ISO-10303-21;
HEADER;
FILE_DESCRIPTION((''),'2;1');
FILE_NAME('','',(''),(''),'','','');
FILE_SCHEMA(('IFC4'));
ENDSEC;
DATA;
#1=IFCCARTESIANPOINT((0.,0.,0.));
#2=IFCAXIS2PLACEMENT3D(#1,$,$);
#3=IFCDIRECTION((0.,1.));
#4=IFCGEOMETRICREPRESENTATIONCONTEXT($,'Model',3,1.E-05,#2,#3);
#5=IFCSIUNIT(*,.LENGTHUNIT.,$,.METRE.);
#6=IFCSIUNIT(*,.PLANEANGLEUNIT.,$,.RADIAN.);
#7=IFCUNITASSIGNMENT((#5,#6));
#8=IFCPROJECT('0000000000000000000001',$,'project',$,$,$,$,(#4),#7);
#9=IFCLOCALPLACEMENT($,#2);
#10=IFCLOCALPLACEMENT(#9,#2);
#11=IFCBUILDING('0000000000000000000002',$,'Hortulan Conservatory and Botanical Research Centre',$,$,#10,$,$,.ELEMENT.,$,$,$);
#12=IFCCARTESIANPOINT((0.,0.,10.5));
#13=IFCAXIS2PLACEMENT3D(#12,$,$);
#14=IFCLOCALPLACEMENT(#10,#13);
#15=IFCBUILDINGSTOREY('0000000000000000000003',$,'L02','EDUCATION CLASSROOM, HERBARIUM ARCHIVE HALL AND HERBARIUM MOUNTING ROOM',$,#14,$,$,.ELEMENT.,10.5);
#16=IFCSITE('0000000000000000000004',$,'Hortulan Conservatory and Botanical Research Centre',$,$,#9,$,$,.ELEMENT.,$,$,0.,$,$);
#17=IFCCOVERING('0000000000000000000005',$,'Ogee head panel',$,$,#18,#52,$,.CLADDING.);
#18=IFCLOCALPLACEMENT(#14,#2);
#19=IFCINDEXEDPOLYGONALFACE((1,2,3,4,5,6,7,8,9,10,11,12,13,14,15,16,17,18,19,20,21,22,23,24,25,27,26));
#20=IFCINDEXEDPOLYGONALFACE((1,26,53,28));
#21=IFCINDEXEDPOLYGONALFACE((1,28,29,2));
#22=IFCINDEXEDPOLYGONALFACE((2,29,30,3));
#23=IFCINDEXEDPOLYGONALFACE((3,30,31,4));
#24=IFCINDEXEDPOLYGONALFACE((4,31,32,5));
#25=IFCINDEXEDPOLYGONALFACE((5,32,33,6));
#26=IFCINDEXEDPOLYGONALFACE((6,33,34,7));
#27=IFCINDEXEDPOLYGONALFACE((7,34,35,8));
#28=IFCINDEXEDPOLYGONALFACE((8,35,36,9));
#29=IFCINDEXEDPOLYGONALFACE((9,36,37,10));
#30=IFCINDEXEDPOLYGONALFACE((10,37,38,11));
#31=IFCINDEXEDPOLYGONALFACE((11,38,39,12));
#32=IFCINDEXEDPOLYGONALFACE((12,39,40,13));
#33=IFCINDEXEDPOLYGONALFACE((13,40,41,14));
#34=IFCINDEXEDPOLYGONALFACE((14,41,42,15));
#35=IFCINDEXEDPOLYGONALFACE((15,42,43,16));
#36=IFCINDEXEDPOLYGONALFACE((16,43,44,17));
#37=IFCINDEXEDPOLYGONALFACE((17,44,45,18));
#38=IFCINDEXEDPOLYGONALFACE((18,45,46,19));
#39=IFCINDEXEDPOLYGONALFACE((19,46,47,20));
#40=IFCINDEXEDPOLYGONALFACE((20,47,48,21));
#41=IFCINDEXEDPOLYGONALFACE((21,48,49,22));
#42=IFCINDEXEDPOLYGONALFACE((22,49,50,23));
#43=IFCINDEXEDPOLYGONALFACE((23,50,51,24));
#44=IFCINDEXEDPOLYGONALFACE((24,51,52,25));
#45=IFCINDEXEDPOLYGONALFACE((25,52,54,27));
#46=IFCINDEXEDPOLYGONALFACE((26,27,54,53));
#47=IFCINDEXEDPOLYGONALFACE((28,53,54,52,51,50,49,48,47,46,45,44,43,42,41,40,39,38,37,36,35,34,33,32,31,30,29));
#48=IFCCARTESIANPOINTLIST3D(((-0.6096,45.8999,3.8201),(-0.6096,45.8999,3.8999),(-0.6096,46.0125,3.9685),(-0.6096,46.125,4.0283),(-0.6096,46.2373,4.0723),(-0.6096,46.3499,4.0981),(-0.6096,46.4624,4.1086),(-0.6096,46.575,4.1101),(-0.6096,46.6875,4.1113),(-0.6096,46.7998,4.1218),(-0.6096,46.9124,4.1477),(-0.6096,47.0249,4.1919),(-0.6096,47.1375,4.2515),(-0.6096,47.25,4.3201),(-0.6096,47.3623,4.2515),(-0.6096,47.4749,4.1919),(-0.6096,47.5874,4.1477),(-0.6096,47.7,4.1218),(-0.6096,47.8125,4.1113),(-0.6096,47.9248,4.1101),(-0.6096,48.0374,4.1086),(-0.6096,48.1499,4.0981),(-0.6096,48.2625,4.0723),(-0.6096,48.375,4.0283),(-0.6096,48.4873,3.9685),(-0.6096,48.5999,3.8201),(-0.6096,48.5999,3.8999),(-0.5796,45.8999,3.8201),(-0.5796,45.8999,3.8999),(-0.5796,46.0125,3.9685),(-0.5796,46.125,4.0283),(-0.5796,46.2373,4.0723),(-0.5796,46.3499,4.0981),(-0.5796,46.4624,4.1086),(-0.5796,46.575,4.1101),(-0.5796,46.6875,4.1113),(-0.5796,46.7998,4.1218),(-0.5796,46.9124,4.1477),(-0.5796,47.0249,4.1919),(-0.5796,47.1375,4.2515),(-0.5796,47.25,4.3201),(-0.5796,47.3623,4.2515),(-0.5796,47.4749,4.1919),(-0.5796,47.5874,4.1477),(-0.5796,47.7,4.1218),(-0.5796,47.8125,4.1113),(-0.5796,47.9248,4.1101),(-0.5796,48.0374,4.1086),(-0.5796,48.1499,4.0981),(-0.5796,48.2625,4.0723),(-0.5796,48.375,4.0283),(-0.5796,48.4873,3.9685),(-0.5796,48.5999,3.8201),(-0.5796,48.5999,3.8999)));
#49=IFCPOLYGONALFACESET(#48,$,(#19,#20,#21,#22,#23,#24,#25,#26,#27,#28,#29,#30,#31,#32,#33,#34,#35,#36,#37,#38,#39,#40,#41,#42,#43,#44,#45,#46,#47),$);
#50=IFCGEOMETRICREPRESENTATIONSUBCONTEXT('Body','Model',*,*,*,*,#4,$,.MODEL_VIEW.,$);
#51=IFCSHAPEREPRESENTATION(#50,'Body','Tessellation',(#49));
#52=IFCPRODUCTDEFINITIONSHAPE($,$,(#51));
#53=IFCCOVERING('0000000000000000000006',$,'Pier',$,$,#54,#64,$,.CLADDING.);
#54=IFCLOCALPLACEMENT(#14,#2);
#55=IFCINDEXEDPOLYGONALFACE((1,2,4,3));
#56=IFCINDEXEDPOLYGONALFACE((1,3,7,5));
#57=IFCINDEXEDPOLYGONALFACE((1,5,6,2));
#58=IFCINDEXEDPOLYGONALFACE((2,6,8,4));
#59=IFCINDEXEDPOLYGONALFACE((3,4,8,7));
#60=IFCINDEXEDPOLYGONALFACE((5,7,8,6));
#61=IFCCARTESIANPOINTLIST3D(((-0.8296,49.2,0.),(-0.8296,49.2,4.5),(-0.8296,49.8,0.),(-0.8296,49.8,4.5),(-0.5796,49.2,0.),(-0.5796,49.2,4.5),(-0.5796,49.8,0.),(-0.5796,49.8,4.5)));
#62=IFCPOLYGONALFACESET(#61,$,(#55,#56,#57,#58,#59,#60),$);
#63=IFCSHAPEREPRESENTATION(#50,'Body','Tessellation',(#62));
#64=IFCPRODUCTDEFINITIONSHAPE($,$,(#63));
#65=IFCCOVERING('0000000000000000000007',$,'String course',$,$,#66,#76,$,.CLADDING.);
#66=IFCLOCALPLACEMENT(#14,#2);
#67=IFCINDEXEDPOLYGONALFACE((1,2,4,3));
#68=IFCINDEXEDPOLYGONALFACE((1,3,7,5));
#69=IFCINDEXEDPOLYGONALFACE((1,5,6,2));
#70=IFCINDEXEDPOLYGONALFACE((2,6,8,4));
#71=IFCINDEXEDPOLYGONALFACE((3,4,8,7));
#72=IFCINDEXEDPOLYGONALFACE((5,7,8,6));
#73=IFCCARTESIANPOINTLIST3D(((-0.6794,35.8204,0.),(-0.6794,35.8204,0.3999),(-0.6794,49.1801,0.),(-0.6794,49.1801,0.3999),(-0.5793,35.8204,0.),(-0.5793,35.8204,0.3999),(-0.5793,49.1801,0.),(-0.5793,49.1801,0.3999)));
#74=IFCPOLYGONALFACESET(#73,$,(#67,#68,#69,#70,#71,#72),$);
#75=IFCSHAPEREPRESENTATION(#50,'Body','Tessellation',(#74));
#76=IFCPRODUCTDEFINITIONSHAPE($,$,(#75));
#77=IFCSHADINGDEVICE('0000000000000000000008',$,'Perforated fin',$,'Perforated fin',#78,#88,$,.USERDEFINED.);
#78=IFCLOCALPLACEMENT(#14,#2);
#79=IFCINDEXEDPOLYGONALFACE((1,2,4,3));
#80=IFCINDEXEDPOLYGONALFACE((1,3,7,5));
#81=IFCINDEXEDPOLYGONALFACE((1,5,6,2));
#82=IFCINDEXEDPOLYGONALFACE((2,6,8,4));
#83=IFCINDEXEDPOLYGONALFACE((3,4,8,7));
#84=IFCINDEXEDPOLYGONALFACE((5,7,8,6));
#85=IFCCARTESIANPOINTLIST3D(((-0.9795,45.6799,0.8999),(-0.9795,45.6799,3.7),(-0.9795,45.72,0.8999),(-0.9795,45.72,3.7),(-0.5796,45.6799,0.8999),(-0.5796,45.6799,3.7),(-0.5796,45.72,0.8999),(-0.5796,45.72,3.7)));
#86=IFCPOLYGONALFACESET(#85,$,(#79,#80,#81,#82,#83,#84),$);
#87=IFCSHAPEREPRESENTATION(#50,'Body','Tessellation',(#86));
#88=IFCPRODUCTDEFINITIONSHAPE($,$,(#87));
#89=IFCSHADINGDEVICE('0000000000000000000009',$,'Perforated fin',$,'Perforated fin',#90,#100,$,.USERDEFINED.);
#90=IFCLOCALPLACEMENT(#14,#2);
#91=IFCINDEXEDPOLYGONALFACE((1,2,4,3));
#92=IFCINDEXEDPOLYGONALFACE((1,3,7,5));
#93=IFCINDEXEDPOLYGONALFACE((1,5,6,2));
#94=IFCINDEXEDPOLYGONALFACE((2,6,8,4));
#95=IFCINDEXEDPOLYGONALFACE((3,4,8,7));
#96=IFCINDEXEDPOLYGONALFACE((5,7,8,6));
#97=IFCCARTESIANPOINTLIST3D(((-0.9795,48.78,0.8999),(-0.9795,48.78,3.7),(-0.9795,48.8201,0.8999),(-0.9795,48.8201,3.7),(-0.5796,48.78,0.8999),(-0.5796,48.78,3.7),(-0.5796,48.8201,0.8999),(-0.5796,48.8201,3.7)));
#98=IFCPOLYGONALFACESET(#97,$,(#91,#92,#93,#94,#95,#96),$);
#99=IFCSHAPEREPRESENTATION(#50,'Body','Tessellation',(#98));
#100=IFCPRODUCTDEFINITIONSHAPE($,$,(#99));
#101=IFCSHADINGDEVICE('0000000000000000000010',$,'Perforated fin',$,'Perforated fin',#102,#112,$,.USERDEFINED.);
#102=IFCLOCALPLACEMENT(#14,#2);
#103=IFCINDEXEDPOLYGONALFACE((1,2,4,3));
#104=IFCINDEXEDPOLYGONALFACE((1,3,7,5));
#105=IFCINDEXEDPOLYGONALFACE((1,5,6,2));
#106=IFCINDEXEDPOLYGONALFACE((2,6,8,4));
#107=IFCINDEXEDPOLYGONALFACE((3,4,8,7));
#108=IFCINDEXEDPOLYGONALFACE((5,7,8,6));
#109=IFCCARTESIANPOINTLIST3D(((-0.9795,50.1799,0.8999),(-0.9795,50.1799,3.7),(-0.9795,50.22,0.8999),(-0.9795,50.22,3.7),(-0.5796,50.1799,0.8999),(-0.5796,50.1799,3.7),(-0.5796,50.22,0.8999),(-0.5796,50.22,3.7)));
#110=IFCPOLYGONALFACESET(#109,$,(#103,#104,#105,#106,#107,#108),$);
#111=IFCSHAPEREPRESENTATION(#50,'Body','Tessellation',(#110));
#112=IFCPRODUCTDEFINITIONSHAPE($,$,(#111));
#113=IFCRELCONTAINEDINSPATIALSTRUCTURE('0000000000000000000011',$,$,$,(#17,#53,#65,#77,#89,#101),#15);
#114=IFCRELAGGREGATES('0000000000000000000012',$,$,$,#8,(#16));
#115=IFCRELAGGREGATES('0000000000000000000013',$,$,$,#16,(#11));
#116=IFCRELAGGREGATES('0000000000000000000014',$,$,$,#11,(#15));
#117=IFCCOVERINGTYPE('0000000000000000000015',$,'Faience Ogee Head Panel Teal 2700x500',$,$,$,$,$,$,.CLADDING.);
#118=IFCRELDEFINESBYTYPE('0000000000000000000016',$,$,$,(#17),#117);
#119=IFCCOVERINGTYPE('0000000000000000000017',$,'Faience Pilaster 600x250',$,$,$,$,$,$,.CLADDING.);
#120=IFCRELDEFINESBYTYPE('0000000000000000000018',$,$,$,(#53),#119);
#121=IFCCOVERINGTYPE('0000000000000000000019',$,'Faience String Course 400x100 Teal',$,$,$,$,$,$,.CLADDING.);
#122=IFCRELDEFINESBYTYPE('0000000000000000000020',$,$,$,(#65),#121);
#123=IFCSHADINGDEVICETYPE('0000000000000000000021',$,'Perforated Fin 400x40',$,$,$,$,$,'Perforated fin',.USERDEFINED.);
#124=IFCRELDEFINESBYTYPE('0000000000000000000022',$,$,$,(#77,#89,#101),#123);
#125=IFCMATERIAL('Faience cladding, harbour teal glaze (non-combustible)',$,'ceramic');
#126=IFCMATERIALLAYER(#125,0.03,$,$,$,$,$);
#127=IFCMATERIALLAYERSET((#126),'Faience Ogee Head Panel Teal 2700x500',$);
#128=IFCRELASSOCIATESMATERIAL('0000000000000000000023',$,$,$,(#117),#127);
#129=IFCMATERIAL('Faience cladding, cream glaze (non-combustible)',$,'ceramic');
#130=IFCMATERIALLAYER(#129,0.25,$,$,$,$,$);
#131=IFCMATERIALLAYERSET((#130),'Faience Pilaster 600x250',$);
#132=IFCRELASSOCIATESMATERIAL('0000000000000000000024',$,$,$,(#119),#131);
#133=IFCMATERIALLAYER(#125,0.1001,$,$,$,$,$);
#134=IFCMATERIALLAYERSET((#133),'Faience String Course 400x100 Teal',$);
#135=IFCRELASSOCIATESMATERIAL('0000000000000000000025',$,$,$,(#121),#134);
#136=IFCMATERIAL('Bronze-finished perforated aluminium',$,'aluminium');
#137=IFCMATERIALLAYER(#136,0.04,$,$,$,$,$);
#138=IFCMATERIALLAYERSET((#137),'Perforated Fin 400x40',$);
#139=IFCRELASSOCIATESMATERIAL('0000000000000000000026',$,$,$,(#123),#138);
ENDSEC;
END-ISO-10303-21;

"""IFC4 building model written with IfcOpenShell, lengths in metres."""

from ifc_helpers import new_model, si_unit, direction, frame, origin, origin_2d, place, context, subcontext, project, spatial, polyline, rectangle, outline, extrude, material, layer, layer_set, type_object, element, save


model = new_model("IFC4")

# Units and contexts
model_context = context("Model", 3, precision=1e-05, world=origin(), true_north=direction((0.0, 1.0)))
body_context = subcontext(model_context, "Body", "Model", "MODEL_VIEW")
ifc_project = project(units=[si_unit("LENGTHUNIT", "METRE"), si_unit("PLANEANGLEUNIT", "RADIAN")], contexts=[model_context])

# Site, building, storey
site_placement = place(None, origin())
site = spatial("IfcSite", under=ifc_project, at=site_placement, Name="Hortulan Conservatory and Botanical Research Centre", CompositionType="ELEMENT", RefElevation=0.0)
building_placement = place(site_placement, origin())
building = spatial("IfcBuilding", under=site, at=building_placement, Name="Hortulan Conservatory and Botanical Research Centre", CompositionType="ELEMENT")
storey_placement = place(building_placement, frame((0.0, 0.0, 10.5)))
storey = spatial("IfcBuildingStorey", under=building, at=storey_placement, Name="L02", Description="EDUCATION CLASSROOM, HERBARIUM ARCHIVE HALL AND HERBARIUM MOUNTING ROOM", CompositionType="ELEMENT", Elevation=10.5)

# Coverings
ifc_material_1 = material(Name="Faience cladding, harbour teal glaze (non-combustible)", Category="ceramic")
ifc_layer_1 = layer(ifc_material_1, 0.03)
ifc_layer_set_1 = layer_set([ifc_layer_1], Name="Faience Ogee Head Panel Teal 2700x500")
covering_type_1 = type_object("IfcCoveringType", Name="Faience Ogee Head Panel Teal 2700x500", PredefinedType="CLADDING", material=ifc_layer_set_1)
covering_1_placement = place(storey_placement, frame((-0.5945, 45.8999, 3.8201), z_axis=(0.0, 0.0, 1.0), x_axis=(0.0, 1.0, 0.0)))
element("IfcCovering", 1, at=covering_1_placement, inside=storey, type_object=covering_type_1, Name="Ogee head panel", PredefinedType="CLADDING", context=body_context, shape_type="SweptSolid", body=[
    extrude(outline(polyline([(0.0, 0.0), (2.7, 0.0), (2.7, 0.0798), (2.5874, 0.1484), (2.4751, 0.2083), (2.3625, 0.2522), (2.25, 0.2781), (2.1375, 0.2886), (2.0249, 0.29), (1.9126, 0.2913), (1.8, 0.3018), (1.6875, 0.3276), (1.575, 0.3718), (1.4624, 0.4314), (1.3501, 0.5), (1.2375, 0.4314), (1.125, 0.3718), (1.0125, 0.3276), (0.8999, 0.3018), (0.7876, 0.2913), (0.675, 0.29), (0.5625, 0.2886), (0.45, 0.2781), (0.3374, 0.2522), (0.2251, 0.2083), (0.1125, 0.1484), (0.0, 0.0798), (0.0, 0.0)])), frame((0.0, 0.0151, 0.0), z_axis=(0.0, -1.0, 0.0), x_axis=(1.0, 0.0, 0.0)), (0.0, 0.0, 1.0), 0.03),
])
ifc_material_2 = material(Name="Faience cladding, cream glaze (non-combustible)", Category="ceramic")
ifc_layer_2 = layer(ifc_material_2, 0.25)
ifc_layer_set_2 = layer_set([ifc_layer_2], Name="Faience Pilaster 600x250")
covering_type_2 = type_object("IfcCoveringType", Name="Faience Pilaster 600x250", PredefinedType="CLADDING", material=ifc_layer_set_2)
covering_2_placement = place(storey_placement, frame((-0.7046, 49.5, 0.0), z_axis=(0.0, 0.0, 1.0), x_axis=(0.0, 1.0, 0.0)))
element("IfcCovering", 2, at=covering_2_placement, inside=storey, type_object=covering_type_2, Name="Pier", PredefinedType="CLADDING", context=body_context, shape_type="SweptSolid", body=[
    extrude(rectangle(XDim=0.6001, YDim=0.25, at=origin_2d()), origin(), (0.0, 0.0, 1.0), 4.5),
])
ifc_layer_3 = layer(ifc_material_1, 0.1001)
ifc_layer_set_3 = layer_set([ifc_layer_3], Name="Faience String Course 400x100 Teal")
covering_type_3 = type_object("IfcCoveringType", Name="Faience String Course 400x100 Teal", PredefinedType="CLADDING", material=ifc_layer_set_3)
covering_3_placement = place(storey_placement, frame((-0.6294, 42.5002, 0.0), z_axis=(0.0, 0.0, 1.0), x_axis=(0.0, 1.0, 0.0)))
element("IfcCovering", 3, at=covering_3_placement, inside=storey, type_object=covering_type_3, Name="String course", PredefinedType="CLADDING", context=body_context, shape_type="SweptSolid", body=[
    extrude(rectangle(XDim=13.3596, YDim=0.1001, at=origin_2d()), origin(), (0.0, 0.0, 1.0), 0.3999),
])

# Shading devices
ifc_material_3 = material(Name="Bronze-finished perforated aluminium", Category="aluminium")
ifc_layer_4 = layer(ifc_material_3, 0.04)
ifc_layer_set_4 = layer_set([ifc_layer_4], Name="Perforated Fin 400x40")
shading_device_type = type_object("IfcShadingDeviceType", Name="Perforated Fin 400x40", ElementType="Perforated fin", PredefinedType="USERDEFINED", material=ifc_layer_set_4)
for number, where, z_axis, x_axis, name in (
    (4, (-0.7795, 45.7, 0.8999), (0.0, 0.0, 1.0), (0.0, 1.0, 0.0), "Perforated fin"),
    (5, (-0.7795, 48.8, 0.8999), (0.0, 0.0, 1.0), (0.0, 1.0, 0.0), "Perforated fin"),
    (6, (-0.7795, 50.2, 0.8999), (0.0, 0.0, 1.0), (0.0, 1.0, 0.0), "Perforated fin"),
):
    element("IfcShadingDevice", number, at=place(storey_placement, frame(where, z_axis=z_axis, x_axis=x_axis)), inside=storey, type_object=shading_device_type, Name=name, ObjectType="Perforated fin", PredefinedType="USERDEFINED", context=body_context, shape_type="SweptSolid", body=[
        extrude(rectangle(XDim=0.04, YDim=0.3999, at=origin_2d()), origin(), (0.0, 0.0, 1.0), 2.8),
    ])

save(model, "model.ifc")
